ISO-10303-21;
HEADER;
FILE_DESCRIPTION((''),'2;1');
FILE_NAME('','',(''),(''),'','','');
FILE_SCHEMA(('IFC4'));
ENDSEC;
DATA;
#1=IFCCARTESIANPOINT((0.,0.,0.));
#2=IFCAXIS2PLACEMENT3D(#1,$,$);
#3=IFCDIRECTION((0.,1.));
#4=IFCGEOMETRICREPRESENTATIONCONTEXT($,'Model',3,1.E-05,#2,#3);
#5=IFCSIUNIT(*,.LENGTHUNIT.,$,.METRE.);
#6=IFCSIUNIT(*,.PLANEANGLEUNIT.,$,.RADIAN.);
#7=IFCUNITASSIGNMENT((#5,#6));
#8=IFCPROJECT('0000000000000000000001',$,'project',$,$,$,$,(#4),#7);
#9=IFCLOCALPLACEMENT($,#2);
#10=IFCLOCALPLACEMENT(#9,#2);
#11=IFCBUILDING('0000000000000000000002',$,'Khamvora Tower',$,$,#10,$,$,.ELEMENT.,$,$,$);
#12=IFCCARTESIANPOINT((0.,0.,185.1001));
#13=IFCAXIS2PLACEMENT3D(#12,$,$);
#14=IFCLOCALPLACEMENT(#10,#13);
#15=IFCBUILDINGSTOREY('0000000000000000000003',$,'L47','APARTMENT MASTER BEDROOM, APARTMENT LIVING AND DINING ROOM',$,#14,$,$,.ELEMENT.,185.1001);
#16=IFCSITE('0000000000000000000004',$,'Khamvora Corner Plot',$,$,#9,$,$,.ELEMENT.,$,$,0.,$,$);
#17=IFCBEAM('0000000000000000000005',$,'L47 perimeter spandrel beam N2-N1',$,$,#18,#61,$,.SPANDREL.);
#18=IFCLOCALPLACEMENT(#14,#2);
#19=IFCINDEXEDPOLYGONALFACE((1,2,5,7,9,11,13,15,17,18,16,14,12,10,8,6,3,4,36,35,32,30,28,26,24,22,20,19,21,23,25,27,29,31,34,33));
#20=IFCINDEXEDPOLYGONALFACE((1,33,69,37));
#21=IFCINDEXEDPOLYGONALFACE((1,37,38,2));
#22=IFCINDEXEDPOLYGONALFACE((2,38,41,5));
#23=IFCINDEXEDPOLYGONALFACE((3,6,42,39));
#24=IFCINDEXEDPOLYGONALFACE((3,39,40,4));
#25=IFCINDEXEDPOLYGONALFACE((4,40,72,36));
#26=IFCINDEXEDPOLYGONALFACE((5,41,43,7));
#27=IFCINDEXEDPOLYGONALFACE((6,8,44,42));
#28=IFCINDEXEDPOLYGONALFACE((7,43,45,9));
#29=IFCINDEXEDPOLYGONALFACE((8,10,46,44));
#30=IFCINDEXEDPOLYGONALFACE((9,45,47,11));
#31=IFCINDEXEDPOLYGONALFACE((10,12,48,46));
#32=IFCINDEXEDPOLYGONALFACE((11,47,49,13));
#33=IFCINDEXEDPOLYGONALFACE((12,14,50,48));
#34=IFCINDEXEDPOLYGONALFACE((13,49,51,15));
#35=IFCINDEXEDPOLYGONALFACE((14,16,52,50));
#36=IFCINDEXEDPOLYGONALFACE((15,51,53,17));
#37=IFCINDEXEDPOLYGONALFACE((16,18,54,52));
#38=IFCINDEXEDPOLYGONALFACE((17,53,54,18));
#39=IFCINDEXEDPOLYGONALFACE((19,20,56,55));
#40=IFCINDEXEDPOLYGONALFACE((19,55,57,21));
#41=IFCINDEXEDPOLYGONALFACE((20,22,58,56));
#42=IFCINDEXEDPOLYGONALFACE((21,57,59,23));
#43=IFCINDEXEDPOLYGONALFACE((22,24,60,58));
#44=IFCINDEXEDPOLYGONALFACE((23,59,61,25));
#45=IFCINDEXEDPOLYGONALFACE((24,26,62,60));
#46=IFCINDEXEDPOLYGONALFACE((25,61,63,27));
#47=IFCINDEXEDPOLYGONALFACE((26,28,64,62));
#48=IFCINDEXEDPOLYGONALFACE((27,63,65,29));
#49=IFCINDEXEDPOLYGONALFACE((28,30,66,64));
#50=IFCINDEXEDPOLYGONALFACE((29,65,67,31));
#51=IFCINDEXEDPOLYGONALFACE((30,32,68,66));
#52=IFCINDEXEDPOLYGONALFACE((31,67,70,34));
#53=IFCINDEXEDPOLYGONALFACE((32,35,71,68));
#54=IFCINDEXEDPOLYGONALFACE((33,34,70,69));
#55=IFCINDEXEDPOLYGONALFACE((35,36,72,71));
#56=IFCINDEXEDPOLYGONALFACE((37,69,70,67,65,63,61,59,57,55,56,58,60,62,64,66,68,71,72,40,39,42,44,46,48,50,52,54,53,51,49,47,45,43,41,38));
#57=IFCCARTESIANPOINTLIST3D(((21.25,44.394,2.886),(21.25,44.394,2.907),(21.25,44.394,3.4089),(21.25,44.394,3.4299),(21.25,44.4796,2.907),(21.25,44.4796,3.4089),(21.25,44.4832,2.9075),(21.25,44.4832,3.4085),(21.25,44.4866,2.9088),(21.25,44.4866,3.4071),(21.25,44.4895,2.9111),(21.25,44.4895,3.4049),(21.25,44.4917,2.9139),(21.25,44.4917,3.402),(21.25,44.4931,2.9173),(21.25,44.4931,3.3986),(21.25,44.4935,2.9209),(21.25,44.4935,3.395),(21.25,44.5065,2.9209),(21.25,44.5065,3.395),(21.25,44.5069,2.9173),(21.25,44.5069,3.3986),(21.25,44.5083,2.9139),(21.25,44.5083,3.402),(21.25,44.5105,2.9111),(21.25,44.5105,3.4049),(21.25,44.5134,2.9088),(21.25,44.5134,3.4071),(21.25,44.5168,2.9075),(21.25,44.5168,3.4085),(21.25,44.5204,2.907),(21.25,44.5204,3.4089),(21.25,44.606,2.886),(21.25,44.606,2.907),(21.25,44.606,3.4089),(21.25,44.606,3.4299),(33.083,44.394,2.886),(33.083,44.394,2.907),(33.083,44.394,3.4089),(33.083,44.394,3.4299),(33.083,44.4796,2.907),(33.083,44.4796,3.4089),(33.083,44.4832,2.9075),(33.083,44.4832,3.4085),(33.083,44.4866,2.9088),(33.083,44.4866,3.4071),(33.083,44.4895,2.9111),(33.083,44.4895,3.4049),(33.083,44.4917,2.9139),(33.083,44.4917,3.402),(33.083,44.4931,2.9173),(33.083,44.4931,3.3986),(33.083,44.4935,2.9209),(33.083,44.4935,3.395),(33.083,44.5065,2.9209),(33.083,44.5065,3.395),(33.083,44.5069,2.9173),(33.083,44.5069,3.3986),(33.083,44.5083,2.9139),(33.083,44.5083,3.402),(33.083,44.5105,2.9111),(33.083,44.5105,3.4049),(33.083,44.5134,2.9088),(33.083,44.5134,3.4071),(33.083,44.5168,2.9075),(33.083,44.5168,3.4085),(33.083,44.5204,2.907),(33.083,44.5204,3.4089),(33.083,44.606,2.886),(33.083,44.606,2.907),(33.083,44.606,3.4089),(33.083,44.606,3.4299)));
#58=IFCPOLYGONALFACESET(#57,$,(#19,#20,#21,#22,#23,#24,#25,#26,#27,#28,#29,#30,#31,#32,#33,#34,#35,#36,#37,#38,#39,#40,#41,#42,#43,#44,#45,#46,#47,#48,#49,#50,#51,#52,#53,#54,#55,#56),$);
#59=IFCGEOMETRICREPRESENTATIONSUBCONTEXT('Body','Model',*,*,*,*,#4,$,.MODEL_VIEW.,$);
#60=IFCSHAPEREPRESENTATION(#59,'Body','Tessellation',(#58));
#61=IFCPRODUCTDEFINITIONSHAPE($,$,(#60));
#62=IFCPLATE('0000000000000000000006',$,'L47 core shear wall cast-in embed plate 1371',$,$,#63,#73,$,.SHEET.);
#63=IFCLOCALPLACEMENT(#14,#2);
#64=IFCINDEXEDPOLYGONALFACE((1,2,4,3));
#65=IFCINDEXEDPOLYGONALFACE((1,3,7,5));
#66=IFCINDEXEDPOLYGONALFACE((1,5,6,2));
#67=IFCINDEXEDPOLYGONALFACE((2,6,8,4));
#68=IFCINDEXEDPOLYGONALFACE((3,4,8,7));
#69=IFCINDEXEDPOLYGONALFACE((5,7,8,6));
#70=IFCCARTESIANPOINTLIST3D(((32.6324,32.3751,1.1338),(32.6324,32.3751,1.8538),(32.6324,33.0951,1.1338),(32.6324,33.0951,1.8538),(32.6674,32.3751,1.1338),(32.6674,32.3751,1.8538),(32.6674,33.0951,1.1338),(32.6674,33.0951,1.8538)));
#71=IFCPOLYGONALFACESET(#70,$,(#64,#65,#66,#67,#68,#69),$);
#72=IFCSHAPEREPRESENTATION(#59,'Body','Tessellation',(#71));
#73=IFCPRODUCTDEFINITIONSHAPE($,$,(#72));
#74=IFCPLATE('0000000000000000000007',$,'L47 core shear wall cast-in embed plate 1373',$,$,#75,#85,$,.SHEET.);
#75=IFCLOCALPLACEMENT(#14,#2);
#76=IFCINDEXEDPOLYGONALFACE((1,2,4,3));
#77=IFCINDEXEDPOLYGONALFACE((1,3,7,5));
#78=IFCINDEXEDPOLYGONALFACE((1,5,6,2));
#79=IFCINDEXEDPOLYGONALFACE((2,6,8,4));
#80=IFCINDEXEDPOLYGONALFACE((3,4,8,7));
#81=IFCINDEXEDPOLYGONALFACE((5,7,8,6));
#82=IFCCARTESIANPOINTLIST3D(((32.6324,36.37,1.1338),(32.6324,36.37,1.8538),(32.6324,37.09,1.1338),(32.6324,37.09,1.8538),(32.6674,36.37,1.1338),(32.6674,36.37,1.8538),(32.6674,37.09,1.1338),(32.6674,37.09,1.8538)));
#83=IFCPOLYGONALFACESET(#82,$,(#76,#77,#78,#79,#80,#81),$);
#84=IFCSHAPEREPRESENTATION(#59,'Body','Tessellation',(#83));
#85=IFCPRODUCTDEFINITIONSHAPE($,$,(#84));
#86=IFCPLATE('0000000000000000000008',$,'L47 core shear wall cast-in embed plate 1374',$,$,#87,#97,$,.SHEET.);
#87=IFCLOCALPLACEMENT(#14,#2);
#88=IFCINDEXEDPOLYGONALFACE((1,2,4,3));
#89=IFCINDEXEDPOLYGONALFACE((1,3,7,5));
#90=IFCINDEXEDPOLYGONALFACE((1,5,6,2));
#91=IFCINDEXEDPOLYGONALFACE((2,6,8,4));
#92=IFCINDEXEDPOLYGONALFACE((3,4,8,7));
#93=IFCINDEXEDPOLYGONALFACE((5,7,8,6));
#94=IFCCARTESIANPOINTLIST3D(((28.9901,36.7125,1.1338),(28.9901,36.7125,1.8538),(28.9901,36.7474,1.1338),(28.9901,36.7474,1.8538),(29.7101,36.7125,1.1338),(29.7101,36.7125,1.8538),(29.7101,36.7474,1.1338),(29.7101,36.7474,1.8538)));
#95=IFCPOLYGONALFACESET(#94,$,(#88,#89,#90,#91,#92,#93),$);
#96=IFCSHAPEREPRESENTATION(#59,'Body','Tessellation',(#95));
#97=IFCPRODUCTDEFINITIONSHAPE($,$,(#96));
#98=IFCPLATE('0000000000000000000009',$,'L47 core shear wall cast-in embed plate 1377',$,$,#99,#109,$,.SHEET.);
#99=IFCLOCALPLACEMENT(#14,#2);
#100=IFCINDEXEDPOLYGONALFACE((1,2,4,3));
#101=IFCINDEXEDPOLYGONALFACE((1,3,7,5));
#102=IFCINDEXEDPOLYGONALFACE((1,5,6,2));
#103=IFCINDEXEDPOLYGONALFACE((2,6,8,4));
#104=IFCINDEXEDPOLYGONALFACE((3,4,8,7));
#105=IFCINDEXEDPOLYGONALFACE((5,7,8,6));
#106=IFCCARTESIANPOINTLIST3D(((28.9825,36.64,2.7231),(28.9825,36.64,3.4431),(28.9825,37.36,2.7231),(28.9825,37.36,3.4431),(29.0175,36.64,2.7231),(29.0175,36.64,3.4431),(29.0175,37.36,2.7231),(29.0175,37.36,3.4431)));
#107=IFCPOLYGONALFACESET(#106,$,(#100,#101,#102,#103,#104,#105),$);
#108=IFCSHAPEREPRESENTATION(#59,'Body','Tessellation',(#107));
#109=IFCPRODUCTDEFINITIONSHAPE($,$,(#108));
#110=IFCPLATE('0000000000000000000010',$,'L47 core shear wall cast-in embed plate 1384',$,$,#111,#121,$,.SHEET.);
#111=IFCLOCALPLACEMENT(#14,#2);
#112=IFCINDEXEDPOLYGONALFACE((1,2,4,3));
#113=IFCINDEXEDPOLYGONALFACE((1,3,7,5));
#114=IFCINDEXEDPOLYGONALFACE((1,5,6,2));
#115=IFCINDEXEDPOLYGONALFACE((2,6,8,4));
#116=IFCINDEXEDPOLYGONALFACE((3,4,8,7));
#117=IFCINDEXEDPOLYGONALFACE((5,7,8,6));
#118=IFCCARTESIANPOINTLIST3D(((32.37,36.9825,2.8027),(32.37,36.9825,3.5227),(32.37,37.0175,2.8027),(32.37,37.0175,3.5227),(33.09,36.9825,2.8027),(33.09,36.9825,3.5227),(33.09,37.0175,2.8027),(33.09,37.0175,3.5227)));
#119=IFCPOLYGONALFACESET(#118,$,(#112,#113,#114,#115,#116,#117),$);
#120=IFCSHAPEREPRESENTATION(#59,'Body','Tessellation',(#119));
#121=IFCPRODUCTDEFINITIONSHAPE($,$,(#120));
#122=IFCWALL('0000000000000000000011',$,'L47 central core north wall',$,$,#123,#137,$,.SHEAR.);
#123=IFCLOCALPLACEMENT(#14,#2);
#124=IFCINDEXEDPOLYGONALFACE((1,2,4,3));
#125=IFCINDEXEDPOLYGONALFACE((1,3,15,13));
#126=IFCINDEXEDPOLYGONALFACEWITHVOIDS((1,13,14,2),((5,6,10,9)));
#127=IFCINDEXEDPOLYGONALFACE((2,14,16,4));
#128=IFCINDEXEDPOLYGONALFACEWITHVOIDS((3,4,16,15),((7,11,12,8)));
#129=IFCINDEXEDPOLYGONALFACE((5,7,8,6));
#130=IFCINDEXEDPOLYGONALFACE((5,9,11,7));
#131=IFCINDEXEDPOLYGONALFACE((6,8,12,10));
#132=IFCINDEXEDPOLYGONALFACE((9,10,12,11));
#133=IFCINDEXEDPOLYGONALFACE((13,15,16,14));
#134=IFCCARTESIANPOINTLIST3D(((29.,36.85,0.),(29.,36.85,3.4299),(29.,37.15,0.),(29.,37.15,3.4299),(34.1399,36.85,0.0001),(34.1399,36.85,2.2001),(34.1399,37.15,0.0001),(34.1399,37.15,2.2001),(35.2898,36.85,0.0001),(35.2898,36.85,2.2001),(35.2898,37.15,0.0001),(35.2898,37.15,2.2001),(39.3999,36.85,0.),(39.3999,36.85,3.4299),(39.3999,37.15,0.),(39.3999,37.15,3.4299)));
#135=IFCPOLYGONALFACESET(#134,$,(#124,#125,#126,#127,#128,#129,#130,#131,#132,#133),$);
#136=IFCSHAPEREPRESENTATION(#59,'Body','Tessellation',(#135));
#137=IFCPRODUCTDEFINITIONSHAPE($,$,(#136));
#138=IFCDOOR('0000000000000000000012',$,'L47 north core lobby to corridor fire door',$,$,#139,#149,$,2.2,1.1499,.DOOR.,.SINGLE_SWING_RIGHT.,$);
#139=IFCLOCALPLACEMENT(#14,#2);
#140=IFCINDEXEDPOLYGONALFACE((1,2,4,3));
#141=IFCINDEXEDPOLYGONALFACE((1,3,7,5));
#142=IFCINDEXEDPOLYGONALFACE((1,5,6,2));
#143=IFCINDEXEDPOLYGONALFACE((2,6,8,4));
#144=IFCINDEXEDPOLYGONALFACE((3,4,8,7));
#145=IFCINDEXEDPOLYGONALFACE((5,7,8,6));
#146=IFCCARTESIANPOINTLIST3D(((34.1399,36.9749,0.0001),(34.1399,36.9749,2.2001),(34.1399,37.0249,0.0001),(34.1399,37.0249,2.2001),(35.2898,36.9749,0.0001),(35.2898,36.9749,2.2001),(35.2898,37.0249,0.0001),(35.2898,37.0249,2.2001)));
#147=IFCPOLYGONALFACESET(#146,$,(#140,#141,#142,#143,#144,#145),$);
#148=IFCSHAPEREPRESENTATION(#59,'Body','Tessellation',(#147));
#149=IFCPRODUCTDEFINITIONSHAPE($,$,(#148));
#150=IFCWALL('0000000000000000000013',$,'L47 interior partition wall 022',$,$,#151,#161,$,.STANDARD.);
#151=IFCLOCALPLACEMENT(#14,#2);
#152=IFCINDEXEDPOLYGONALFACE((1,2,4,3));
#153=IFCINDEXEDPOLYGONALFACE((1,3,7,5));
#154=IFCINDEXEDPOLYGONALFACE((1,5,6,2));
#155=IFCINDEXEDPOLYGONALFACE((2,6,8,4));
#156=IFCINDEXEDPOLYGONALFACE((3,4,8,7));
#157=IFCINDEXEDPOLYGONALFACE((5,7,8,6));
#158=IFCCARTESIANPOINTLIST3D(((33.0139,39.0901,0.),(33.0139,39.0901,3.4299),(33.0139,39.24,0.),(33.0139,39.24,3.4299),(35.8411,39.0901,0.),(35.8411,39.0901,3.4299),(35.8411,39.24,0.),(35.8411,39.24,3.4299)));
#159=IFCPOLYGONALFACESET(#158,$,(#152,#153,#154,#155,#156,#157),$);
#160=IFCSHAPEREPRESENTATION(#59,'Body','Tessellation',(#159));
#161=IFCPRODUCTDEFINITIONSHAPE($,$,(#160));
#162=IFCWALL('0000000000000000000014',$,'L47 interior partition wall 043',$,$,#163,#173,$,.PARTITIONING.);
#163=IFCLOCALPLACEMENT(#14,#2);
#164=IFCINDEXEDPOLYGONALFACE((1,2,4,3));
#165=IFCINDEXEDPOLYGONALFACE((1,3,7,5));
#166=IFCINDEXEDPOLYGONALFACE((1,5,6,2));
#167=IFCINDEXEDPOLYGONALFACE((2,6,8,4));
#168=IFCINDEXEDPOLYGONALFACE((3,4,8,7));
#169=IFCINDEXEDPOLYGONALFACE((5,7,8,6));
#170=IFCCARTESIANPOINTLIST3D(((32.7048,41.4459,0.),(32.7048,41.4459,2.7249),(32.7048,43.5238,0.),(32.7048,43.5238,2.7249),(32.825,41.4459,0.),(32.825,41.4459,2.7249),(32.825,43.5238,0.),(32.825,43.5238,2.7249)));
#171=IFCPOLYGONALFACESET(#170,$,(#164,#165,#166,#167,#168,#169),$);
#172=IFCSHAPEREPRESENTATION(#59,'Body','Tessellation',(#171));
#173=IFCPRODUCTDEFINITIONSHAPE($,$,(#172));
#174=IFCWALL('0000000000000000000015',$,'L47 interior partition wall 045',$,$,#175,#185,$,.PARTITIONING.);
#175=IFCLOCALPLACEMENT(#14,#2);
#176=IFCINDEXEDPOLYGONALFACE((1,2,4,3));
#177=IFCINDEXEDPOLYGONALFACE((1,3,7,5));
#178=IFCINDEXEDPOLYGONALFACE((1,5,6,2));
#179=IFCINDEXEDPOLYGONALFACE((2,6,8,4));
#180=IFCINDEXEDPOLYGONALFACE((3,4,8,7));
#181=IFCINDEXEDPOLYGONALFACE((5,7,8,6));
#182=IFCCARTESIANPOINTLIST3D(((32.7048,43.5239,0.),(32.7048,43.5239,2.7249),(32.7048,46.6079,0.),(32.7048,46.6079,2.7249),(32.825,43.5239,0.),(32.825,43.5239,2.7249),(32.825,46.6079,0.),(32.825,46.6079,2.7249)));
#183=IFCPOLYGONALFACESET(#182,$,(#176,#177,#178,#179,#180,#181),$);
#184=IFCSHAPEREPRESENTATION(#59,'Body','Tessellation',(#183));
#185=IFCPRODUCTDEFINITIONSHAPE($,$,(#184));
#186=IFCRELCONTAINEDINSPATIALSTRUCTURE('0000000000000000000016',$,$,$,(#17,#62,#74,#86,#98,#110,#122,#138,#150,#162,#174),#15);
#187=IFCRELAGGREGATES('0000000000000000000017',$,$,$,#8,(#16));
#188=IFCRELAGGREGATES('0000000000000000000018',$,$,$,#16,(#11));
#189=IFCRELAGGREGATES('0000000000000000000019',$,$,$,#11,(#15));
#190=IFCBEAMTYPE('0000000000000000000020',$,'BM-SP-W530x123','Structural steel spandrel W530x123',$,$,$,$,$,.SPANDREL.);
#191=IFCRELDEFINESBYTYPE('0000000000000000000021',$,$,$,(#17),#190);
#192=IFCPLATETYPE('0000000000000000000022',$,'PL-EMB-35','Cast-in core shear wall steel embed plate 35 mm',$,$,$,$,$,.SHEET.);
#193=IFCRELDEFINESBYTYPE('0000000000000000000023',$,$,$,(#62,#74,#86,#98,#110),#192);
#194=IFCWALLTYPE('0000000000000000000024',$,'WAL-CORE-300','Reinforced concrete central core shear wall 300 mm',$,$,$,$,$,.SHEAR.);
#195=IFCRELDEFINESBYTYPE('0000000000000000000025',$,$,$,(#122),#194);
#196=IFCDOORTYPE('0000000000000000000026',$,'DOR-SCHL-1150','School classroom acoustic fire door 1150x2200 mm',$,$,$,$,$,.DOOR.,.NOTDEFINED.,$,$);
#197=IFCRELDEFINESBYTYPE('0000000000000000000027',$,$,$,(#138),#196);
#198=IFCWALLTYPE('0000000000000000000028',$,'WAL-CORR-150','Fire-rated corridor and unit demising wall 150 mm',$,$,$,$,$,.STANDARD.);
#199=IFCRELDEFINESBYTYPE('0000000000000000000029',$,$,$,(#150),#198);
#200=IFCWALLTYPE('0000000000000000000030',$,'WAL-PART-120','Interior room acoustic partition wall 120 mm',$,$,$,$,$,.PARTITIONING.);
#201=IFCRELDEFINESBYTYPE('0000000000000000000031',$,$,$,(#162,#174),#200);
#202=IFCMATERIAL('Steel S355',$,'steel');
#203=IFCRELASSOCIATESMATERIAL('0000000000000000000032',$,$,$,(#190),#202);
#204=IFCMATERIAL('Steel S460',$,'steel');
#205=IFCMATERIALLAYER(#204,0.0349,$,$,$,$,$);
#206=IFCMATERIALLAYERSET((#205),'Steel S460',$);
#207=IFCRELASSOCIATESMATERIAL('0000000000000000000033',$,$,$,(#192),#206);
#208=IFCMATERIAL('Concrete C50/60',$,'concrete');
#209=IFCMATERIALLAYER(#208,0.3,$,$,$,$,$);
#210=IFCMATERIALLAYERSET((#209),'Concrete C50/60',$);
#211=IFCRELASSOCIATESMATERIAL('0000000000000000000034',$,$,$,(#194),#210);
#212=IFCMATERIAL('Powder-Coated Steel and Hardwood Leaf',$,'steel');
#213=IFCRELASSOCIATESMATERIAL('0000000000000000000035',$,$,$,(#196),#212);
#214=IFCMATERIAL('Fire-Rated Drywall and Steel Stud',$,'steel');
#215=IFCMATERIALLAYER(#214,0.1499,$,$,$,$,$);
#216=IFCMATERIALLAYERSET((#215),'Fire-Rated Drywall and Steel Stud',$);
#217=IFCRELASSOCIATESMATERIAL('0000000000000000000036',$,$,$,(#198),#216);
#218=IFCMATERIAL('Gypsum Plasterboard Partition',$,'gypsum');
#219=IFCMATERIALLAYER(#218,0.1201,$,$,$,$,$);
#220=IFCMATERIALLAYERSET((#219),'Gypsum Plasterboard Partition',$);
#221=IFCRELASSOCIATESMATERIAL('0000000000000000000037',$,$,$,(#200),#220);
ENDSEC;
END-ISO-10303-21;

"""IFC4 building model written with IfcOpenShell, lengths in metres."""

from ifc_helpers import new_model, si_unit, direction, frame, frame_2d, origin, origin_2d, place, context, subcontext, project, spatial, rectangle, i_section, extrude, material, layer, layer_set, material_profile, profile_set, type_object, element, fill, save


model = new_model("IFC4")

# Units and contexts
model_context = context("Model", 3, precision=1e-05, world=origin(), true_north=direction((0.0, 1.0)))
body_context = subcontext(model_context, "Body", "Model", "MODEL_VIEW")
ifc_project = project(units=[si_unit("LENGTHUNIT", "METRE"), si_unit("PLANEANGLEUNIT", "RADIAN")], contexts=[model_context])

# Site, building, storey
site_placement = place(None, origin())
site = spatial("IfcSite", under=ifc_project, at=site_placement, Name="Khamvora Corner Plot", CompositionType="ELEMENT", RefElevation=0.0)
building_placement = place(site_placement, origin())
building = spatial("IfcBuilding", under=site, at=building_placement, Name="Khamvora Tower", CompositionType="ELEMENT")
storey_placement = place(building_placement, frame((0.0, 0.0, 185.1001)))
storey = spatial("IfcBuildingStorey", under=building, at=storey_placement, Name="L47", Description="APARTMENT MASTER BEDROOM, APARTMENT LIVING AND DINING ROOM", CompositionType="ELEMENT", Elevation=185.1001)

# Shared definitions
ifc_material_1 = material(Name="Steel S460", Category="steel")
ifc_material_2 = material(Name="Steel S355", Category="steel")

# Beam
ifc_material_profile_1 = material_profile(ifc_material_2, i_section(OverallWidth=0.2119, OverallDepth=0.5439, WebThickness=0.0129, FlangeThickness=0.021, FilletRadius=0.0139, at=origin_2d()), Name="W530x123")
ifc_profile_set_1 = profile_set([ifc_material_profile_1], Name="Steel S355")
beam_type_1 = type_object("IfcBeamType", Name="BM-SP-W530x123", Description="Structural steel spandrel W530x123", PredefinedType="SPANDREL", material=ifc_profile_set_1)
beam_1_placement = place(storey_placement, frame((33.083, 44.5, 3.158), z_axis=(-1.0, 0.0, 0.0), x_axis=(0.0, -1.0, 0.0)))
element("IfcBeam", 1, at=beam_1_placement, inside=storey, type_object=beam_type_1, Name="L47 perimeter spandrel beam N2-N1", PredefinedType="SPANDREL", context=body_context, shape_type="SweptSolid", body=[
    extrude(i_section(OverallWidth=0.2119, OverallDepth=0.5439, WebThickness=0.0129, FlangeThickness=0.021, FilletRadius=0.0139, at=origin_2d()), origin(), (0.0, 0.0, 1.0), 11.833),
])

# Plates
ifc_layer_1 = layer(ifc_material_1, 0.0349)
ifc_layer_set_1 = layer_set([ifc_layer_1], Name="Steel S460")
plate_type = type_object("IfcPlateType", Name="PL-EMB-35", Description="Cast-in core shear wall steel embed plate 35 mm", PredefinedType="SHEET", material=ifc_layer_set_1)
for number, where, z_axis, x_axis, name in (
    (2, (32.6499, 32.7351, 1.1338), (0.0, 0.0, 1.0), (1.0, 0.0, 0.0), "L47 core shear wall cast-in embed plate 1371"),
    (3, (32.6499, 36.73, 1.1338), (0.0, 0.0, 1.0), (1.0, 0.0, 0.0), "L47 core shear wall cast-in embed plate 1373"),
):
    element("IfcPlate", number, at=place(storey_placement, frame(where, z_axis=z_axis, x_axis=x_axis)), inside=storey, type_object=plate_type, Name=name, PredefinedType="SHEET", context=body_context, shape_type="SweptSolid", body=[
        extrude(rectangle(XDim=0.0349, YDim=0.72, at=origin_2d()), origin(), (0.0, 0.0, 1.0), 0.72),
    ])
plate_1_placement = place(storey_placement, frame((29.3501, 36.73, 1.1338), z_axis=(0.0, 0.0, 1.0), x_axis=(1.0, 0.0, 0.0)))
element("IfcPlate", 4, at=plate_1_placement, inside=storey, type_object=plate_type, Name="L47 core shear wall cast-in embed plate 1374", PredefinedType="SHEET", context=body_context, shape_type="SweptSolid", body=[
    extrude(rectangle(XDim=0.72, YDim=0.0349, at=origin_2d()), origin(), (0.0, 0.0, 1.0), 0.72),
])
plate_2_placement = place(storey_placement, frame((29.0, 37.0, 2.7231), z_axis=(0.0, 0.0, 1.0), x_axis=(1.0, 0.0, 0.0)))
element("IfcPlate", 5, at=plate_2_placement, inside=storey, type_object=plate_type, Name="L47 core shear wall cast-in embed plate 1377", PredefinedType="SHEET", context=body_context, shape_type="SweptSolid", body=[
    extrude(rectangle(XDim=0.0349, YDim=0.72, at=origin_2d()), origin(), (0.0, 0.0, 1.0), 0.72),
])
plate_3_placement = place(storey_placement, frame((32.73, 37.0, 2.8027), z_axis=(0.0, 0.0, 1.0), x_axis=(1.0, 0.0, 0.0)))
element("IfcPlate", 6, at=plate_3_placement, inside=storey, type_object=plate_type, Name="L47 core shear wall cast-in embed plate 1384", PredefinedType="SHEET", context=body_context, shape_type="SweptSolid", body=[
    extrude(rectangle(XDim=0.72, YDim=0.0349, at=origin_2d()), origin(), (0.0, 0.0, 1.0), 0.72),
])

# Wall, opening, door
ifc_material_3 = material(Name="Concrete C50/60", Category="concrete")
ifc_layer_2 = layer(ifc_material_3, 0.3)
ifc_layer_set_2 = layer_set([ifc_layer_2], Name="Concrete C50/60")
wall_type_1 = type_object("IfcWallType", Name="WAL-CORE-300", Description="Reinforced concrete central core shear wall 300 mm", PredefinedType="SHEAR", material=ifc_layer_set_2)
wall_1_placement = place(storey_placement, frame((29.0, 37.0, 0.0), z_axis=(0.0, 0.0, 1.0), x_axis=(1.0, 0.0, 0.0)))
wall_1 = element("IfcWall", 7, at=wall_1_placement, inside=storey, type_object=wall_type_1, Name="L47 central core north wall", PredefinedType="SHEAR", context=body_context, shape_type="SweptSolid", body=[
    extrude(rectangle(XDim=10.3999, YDim=0.3, at=frame_2d((5.2, 0.0))), origin(), (0.0, 0.0, 1.0), 3.4299),
])
opening_1_placement = place(wall_1_placement, frame((5.1399, 0.0, 0.0)))
opening_1 = element("IfcOpeningElement", 8, at=opening_1_placement, cuts=wall_1, PredefinedType="OPENING", context=body_context, shape_type="SweptSolid", body=[
    extrude(rectangle(XDim=1.1499, YDim=2.2, at=frame_2d((0.575, 1.1001))), frame((0.0, 0.1599, 0.0), z_axis=(0.0, -1.0, 0.0), x_axis=(1.0, 0.0, 0.0)), (0.0, 0.0, 1.0), 0.3201),
])
ifc_material_4 = material(Name="Powder-Coated Steel and Hardwood Leaf", Category="steel")
door_type_1 = type_object("IfcDoorType", Name="DOR-SCHL-1150", Description="School classroom acoustic fire door 1150x2200 mm", OperationType="NOTDEFINED", PredefinedType="DOOR", material=ifc_material_4)
door_1_placement = place(opening_1_placement, origin())
door_1 = element("IfcDoor", 9, at=door_1_placement, inside=storey, type_object=door_type_1, Name="L47 north core lobby to corridor fire door", OperationType="SINGLE_SWING_RIGHT", OverallHeight=2.2, OverallWidth=1.1499, PredefinedType="DOOR", context=body_context, shape_type="SweptSolid", body=[
    extrude(rectangle(XDim=1.1499, YDim=2.2, at=frame_2d((0.575, 1.1001))), frame((0.0, 0.0249, 0.0), z_axis=(0.0, -1.0, 0.0), x_axis=(1.0, 0.0, 0.0)), (0.0, 0.0, 1.0), 0.05),
])
fill(opening_1, door_1)

# Walls
ifc_material_5 = material(Name="Fire-Rated Drywall and Steel Stud", Category="steel")
ifc_layer_3 = layer(ifc_material_5, 0.1499)
ifc_layer_set_3 = layer_set([ifc_layer_3], Name="Fire-Rated Drywall and Steel Stud")
wall_type_2 = type_object("IfcWallType", Name="WAL-CORR-150", Description="Fire-rated corridor and unit demising wall 150 mm", PredefinedType="STANDARD", material=ifc_layer_set_3)
wall_2_placement = place(storey_placement, frame((33.0139, 39.165, 0.0), z_axis=(0.0, 0.0, 1.0), x_axis=(1.0, 0.0, 0.0)))
element("IfcWall", 10, at=wall_2_placement, inside=storey, type_object=wall_type_2, Name="L47 interior partition wall 022", PredefinedType="STANDARD", context=body_context, shape_type="SweptSolid", body=[
    extrude(rectangle(XDim=2.8271, YDim=0.1499, at=frame_2d((1.4136, 0.0))), origin(), (0.0, 0.0, 1.0), 3.4299),
])
ifc_material_6 = material(Name="Gypsum Plasterboard Partition", Category="gypsum")
ifc_layer_4 = layer(ifc_material_6, 0.1201)
ifc_layer_set_4 = layer_set([ifc_layer_4], Name="Gypsum Plasterboard Partition")
wall_type_3 = type_object("IfcWallType", Name="WAL-PART-120", Description="Interior room acoustic partition wall 120 mm", PredefinedType="PARTITIONING", material=ifc_layer_set_4)
wall_3_placement = place(storey_placement, frame((32.7649, 43.5239, 0.0), z_axis=(0.0, 0.0, 1.0), x_axis=(0.0, -1.0, 0.0)))
element("IfcWall", 11, at=wall_3_placement, inside=storey, type_object=wall_type_3, Name="L47 interior partition wall 043", PredefinedType="PARTITIONING", context=body_context, shape_type="SweptSolid", body=[
    extrude(rectangle(XDim=2.0779, YDim=0.1201, at=frame_2d((1.0391, 0.0))), origin(), (0.0, 0.0, 1.0), 2.7249),
])
wall_4_placement = place(storey_placement, frame((32.7649, 46.6079, 0.0), z_axis=(0.0, 0.0, 1.0), x_axis=(0.0, -1.0, 0.0)))
element("IfcWall", 12, at=wall_4_placement, inside=storey, type_object=wall_type_3, Name="L47 interior partition wall 045", PredefinedType="PARTITIONING", context=body_context, shape_type="SweptSolid", body=[
    extrude(rectangle(XDim=3.084, YDim=0.1201, at=frame_2d((1.542, 0.0))), origin(), (0.0, 0.0, 1.0), 2.7249),
])

save(model, "model.ifc")
